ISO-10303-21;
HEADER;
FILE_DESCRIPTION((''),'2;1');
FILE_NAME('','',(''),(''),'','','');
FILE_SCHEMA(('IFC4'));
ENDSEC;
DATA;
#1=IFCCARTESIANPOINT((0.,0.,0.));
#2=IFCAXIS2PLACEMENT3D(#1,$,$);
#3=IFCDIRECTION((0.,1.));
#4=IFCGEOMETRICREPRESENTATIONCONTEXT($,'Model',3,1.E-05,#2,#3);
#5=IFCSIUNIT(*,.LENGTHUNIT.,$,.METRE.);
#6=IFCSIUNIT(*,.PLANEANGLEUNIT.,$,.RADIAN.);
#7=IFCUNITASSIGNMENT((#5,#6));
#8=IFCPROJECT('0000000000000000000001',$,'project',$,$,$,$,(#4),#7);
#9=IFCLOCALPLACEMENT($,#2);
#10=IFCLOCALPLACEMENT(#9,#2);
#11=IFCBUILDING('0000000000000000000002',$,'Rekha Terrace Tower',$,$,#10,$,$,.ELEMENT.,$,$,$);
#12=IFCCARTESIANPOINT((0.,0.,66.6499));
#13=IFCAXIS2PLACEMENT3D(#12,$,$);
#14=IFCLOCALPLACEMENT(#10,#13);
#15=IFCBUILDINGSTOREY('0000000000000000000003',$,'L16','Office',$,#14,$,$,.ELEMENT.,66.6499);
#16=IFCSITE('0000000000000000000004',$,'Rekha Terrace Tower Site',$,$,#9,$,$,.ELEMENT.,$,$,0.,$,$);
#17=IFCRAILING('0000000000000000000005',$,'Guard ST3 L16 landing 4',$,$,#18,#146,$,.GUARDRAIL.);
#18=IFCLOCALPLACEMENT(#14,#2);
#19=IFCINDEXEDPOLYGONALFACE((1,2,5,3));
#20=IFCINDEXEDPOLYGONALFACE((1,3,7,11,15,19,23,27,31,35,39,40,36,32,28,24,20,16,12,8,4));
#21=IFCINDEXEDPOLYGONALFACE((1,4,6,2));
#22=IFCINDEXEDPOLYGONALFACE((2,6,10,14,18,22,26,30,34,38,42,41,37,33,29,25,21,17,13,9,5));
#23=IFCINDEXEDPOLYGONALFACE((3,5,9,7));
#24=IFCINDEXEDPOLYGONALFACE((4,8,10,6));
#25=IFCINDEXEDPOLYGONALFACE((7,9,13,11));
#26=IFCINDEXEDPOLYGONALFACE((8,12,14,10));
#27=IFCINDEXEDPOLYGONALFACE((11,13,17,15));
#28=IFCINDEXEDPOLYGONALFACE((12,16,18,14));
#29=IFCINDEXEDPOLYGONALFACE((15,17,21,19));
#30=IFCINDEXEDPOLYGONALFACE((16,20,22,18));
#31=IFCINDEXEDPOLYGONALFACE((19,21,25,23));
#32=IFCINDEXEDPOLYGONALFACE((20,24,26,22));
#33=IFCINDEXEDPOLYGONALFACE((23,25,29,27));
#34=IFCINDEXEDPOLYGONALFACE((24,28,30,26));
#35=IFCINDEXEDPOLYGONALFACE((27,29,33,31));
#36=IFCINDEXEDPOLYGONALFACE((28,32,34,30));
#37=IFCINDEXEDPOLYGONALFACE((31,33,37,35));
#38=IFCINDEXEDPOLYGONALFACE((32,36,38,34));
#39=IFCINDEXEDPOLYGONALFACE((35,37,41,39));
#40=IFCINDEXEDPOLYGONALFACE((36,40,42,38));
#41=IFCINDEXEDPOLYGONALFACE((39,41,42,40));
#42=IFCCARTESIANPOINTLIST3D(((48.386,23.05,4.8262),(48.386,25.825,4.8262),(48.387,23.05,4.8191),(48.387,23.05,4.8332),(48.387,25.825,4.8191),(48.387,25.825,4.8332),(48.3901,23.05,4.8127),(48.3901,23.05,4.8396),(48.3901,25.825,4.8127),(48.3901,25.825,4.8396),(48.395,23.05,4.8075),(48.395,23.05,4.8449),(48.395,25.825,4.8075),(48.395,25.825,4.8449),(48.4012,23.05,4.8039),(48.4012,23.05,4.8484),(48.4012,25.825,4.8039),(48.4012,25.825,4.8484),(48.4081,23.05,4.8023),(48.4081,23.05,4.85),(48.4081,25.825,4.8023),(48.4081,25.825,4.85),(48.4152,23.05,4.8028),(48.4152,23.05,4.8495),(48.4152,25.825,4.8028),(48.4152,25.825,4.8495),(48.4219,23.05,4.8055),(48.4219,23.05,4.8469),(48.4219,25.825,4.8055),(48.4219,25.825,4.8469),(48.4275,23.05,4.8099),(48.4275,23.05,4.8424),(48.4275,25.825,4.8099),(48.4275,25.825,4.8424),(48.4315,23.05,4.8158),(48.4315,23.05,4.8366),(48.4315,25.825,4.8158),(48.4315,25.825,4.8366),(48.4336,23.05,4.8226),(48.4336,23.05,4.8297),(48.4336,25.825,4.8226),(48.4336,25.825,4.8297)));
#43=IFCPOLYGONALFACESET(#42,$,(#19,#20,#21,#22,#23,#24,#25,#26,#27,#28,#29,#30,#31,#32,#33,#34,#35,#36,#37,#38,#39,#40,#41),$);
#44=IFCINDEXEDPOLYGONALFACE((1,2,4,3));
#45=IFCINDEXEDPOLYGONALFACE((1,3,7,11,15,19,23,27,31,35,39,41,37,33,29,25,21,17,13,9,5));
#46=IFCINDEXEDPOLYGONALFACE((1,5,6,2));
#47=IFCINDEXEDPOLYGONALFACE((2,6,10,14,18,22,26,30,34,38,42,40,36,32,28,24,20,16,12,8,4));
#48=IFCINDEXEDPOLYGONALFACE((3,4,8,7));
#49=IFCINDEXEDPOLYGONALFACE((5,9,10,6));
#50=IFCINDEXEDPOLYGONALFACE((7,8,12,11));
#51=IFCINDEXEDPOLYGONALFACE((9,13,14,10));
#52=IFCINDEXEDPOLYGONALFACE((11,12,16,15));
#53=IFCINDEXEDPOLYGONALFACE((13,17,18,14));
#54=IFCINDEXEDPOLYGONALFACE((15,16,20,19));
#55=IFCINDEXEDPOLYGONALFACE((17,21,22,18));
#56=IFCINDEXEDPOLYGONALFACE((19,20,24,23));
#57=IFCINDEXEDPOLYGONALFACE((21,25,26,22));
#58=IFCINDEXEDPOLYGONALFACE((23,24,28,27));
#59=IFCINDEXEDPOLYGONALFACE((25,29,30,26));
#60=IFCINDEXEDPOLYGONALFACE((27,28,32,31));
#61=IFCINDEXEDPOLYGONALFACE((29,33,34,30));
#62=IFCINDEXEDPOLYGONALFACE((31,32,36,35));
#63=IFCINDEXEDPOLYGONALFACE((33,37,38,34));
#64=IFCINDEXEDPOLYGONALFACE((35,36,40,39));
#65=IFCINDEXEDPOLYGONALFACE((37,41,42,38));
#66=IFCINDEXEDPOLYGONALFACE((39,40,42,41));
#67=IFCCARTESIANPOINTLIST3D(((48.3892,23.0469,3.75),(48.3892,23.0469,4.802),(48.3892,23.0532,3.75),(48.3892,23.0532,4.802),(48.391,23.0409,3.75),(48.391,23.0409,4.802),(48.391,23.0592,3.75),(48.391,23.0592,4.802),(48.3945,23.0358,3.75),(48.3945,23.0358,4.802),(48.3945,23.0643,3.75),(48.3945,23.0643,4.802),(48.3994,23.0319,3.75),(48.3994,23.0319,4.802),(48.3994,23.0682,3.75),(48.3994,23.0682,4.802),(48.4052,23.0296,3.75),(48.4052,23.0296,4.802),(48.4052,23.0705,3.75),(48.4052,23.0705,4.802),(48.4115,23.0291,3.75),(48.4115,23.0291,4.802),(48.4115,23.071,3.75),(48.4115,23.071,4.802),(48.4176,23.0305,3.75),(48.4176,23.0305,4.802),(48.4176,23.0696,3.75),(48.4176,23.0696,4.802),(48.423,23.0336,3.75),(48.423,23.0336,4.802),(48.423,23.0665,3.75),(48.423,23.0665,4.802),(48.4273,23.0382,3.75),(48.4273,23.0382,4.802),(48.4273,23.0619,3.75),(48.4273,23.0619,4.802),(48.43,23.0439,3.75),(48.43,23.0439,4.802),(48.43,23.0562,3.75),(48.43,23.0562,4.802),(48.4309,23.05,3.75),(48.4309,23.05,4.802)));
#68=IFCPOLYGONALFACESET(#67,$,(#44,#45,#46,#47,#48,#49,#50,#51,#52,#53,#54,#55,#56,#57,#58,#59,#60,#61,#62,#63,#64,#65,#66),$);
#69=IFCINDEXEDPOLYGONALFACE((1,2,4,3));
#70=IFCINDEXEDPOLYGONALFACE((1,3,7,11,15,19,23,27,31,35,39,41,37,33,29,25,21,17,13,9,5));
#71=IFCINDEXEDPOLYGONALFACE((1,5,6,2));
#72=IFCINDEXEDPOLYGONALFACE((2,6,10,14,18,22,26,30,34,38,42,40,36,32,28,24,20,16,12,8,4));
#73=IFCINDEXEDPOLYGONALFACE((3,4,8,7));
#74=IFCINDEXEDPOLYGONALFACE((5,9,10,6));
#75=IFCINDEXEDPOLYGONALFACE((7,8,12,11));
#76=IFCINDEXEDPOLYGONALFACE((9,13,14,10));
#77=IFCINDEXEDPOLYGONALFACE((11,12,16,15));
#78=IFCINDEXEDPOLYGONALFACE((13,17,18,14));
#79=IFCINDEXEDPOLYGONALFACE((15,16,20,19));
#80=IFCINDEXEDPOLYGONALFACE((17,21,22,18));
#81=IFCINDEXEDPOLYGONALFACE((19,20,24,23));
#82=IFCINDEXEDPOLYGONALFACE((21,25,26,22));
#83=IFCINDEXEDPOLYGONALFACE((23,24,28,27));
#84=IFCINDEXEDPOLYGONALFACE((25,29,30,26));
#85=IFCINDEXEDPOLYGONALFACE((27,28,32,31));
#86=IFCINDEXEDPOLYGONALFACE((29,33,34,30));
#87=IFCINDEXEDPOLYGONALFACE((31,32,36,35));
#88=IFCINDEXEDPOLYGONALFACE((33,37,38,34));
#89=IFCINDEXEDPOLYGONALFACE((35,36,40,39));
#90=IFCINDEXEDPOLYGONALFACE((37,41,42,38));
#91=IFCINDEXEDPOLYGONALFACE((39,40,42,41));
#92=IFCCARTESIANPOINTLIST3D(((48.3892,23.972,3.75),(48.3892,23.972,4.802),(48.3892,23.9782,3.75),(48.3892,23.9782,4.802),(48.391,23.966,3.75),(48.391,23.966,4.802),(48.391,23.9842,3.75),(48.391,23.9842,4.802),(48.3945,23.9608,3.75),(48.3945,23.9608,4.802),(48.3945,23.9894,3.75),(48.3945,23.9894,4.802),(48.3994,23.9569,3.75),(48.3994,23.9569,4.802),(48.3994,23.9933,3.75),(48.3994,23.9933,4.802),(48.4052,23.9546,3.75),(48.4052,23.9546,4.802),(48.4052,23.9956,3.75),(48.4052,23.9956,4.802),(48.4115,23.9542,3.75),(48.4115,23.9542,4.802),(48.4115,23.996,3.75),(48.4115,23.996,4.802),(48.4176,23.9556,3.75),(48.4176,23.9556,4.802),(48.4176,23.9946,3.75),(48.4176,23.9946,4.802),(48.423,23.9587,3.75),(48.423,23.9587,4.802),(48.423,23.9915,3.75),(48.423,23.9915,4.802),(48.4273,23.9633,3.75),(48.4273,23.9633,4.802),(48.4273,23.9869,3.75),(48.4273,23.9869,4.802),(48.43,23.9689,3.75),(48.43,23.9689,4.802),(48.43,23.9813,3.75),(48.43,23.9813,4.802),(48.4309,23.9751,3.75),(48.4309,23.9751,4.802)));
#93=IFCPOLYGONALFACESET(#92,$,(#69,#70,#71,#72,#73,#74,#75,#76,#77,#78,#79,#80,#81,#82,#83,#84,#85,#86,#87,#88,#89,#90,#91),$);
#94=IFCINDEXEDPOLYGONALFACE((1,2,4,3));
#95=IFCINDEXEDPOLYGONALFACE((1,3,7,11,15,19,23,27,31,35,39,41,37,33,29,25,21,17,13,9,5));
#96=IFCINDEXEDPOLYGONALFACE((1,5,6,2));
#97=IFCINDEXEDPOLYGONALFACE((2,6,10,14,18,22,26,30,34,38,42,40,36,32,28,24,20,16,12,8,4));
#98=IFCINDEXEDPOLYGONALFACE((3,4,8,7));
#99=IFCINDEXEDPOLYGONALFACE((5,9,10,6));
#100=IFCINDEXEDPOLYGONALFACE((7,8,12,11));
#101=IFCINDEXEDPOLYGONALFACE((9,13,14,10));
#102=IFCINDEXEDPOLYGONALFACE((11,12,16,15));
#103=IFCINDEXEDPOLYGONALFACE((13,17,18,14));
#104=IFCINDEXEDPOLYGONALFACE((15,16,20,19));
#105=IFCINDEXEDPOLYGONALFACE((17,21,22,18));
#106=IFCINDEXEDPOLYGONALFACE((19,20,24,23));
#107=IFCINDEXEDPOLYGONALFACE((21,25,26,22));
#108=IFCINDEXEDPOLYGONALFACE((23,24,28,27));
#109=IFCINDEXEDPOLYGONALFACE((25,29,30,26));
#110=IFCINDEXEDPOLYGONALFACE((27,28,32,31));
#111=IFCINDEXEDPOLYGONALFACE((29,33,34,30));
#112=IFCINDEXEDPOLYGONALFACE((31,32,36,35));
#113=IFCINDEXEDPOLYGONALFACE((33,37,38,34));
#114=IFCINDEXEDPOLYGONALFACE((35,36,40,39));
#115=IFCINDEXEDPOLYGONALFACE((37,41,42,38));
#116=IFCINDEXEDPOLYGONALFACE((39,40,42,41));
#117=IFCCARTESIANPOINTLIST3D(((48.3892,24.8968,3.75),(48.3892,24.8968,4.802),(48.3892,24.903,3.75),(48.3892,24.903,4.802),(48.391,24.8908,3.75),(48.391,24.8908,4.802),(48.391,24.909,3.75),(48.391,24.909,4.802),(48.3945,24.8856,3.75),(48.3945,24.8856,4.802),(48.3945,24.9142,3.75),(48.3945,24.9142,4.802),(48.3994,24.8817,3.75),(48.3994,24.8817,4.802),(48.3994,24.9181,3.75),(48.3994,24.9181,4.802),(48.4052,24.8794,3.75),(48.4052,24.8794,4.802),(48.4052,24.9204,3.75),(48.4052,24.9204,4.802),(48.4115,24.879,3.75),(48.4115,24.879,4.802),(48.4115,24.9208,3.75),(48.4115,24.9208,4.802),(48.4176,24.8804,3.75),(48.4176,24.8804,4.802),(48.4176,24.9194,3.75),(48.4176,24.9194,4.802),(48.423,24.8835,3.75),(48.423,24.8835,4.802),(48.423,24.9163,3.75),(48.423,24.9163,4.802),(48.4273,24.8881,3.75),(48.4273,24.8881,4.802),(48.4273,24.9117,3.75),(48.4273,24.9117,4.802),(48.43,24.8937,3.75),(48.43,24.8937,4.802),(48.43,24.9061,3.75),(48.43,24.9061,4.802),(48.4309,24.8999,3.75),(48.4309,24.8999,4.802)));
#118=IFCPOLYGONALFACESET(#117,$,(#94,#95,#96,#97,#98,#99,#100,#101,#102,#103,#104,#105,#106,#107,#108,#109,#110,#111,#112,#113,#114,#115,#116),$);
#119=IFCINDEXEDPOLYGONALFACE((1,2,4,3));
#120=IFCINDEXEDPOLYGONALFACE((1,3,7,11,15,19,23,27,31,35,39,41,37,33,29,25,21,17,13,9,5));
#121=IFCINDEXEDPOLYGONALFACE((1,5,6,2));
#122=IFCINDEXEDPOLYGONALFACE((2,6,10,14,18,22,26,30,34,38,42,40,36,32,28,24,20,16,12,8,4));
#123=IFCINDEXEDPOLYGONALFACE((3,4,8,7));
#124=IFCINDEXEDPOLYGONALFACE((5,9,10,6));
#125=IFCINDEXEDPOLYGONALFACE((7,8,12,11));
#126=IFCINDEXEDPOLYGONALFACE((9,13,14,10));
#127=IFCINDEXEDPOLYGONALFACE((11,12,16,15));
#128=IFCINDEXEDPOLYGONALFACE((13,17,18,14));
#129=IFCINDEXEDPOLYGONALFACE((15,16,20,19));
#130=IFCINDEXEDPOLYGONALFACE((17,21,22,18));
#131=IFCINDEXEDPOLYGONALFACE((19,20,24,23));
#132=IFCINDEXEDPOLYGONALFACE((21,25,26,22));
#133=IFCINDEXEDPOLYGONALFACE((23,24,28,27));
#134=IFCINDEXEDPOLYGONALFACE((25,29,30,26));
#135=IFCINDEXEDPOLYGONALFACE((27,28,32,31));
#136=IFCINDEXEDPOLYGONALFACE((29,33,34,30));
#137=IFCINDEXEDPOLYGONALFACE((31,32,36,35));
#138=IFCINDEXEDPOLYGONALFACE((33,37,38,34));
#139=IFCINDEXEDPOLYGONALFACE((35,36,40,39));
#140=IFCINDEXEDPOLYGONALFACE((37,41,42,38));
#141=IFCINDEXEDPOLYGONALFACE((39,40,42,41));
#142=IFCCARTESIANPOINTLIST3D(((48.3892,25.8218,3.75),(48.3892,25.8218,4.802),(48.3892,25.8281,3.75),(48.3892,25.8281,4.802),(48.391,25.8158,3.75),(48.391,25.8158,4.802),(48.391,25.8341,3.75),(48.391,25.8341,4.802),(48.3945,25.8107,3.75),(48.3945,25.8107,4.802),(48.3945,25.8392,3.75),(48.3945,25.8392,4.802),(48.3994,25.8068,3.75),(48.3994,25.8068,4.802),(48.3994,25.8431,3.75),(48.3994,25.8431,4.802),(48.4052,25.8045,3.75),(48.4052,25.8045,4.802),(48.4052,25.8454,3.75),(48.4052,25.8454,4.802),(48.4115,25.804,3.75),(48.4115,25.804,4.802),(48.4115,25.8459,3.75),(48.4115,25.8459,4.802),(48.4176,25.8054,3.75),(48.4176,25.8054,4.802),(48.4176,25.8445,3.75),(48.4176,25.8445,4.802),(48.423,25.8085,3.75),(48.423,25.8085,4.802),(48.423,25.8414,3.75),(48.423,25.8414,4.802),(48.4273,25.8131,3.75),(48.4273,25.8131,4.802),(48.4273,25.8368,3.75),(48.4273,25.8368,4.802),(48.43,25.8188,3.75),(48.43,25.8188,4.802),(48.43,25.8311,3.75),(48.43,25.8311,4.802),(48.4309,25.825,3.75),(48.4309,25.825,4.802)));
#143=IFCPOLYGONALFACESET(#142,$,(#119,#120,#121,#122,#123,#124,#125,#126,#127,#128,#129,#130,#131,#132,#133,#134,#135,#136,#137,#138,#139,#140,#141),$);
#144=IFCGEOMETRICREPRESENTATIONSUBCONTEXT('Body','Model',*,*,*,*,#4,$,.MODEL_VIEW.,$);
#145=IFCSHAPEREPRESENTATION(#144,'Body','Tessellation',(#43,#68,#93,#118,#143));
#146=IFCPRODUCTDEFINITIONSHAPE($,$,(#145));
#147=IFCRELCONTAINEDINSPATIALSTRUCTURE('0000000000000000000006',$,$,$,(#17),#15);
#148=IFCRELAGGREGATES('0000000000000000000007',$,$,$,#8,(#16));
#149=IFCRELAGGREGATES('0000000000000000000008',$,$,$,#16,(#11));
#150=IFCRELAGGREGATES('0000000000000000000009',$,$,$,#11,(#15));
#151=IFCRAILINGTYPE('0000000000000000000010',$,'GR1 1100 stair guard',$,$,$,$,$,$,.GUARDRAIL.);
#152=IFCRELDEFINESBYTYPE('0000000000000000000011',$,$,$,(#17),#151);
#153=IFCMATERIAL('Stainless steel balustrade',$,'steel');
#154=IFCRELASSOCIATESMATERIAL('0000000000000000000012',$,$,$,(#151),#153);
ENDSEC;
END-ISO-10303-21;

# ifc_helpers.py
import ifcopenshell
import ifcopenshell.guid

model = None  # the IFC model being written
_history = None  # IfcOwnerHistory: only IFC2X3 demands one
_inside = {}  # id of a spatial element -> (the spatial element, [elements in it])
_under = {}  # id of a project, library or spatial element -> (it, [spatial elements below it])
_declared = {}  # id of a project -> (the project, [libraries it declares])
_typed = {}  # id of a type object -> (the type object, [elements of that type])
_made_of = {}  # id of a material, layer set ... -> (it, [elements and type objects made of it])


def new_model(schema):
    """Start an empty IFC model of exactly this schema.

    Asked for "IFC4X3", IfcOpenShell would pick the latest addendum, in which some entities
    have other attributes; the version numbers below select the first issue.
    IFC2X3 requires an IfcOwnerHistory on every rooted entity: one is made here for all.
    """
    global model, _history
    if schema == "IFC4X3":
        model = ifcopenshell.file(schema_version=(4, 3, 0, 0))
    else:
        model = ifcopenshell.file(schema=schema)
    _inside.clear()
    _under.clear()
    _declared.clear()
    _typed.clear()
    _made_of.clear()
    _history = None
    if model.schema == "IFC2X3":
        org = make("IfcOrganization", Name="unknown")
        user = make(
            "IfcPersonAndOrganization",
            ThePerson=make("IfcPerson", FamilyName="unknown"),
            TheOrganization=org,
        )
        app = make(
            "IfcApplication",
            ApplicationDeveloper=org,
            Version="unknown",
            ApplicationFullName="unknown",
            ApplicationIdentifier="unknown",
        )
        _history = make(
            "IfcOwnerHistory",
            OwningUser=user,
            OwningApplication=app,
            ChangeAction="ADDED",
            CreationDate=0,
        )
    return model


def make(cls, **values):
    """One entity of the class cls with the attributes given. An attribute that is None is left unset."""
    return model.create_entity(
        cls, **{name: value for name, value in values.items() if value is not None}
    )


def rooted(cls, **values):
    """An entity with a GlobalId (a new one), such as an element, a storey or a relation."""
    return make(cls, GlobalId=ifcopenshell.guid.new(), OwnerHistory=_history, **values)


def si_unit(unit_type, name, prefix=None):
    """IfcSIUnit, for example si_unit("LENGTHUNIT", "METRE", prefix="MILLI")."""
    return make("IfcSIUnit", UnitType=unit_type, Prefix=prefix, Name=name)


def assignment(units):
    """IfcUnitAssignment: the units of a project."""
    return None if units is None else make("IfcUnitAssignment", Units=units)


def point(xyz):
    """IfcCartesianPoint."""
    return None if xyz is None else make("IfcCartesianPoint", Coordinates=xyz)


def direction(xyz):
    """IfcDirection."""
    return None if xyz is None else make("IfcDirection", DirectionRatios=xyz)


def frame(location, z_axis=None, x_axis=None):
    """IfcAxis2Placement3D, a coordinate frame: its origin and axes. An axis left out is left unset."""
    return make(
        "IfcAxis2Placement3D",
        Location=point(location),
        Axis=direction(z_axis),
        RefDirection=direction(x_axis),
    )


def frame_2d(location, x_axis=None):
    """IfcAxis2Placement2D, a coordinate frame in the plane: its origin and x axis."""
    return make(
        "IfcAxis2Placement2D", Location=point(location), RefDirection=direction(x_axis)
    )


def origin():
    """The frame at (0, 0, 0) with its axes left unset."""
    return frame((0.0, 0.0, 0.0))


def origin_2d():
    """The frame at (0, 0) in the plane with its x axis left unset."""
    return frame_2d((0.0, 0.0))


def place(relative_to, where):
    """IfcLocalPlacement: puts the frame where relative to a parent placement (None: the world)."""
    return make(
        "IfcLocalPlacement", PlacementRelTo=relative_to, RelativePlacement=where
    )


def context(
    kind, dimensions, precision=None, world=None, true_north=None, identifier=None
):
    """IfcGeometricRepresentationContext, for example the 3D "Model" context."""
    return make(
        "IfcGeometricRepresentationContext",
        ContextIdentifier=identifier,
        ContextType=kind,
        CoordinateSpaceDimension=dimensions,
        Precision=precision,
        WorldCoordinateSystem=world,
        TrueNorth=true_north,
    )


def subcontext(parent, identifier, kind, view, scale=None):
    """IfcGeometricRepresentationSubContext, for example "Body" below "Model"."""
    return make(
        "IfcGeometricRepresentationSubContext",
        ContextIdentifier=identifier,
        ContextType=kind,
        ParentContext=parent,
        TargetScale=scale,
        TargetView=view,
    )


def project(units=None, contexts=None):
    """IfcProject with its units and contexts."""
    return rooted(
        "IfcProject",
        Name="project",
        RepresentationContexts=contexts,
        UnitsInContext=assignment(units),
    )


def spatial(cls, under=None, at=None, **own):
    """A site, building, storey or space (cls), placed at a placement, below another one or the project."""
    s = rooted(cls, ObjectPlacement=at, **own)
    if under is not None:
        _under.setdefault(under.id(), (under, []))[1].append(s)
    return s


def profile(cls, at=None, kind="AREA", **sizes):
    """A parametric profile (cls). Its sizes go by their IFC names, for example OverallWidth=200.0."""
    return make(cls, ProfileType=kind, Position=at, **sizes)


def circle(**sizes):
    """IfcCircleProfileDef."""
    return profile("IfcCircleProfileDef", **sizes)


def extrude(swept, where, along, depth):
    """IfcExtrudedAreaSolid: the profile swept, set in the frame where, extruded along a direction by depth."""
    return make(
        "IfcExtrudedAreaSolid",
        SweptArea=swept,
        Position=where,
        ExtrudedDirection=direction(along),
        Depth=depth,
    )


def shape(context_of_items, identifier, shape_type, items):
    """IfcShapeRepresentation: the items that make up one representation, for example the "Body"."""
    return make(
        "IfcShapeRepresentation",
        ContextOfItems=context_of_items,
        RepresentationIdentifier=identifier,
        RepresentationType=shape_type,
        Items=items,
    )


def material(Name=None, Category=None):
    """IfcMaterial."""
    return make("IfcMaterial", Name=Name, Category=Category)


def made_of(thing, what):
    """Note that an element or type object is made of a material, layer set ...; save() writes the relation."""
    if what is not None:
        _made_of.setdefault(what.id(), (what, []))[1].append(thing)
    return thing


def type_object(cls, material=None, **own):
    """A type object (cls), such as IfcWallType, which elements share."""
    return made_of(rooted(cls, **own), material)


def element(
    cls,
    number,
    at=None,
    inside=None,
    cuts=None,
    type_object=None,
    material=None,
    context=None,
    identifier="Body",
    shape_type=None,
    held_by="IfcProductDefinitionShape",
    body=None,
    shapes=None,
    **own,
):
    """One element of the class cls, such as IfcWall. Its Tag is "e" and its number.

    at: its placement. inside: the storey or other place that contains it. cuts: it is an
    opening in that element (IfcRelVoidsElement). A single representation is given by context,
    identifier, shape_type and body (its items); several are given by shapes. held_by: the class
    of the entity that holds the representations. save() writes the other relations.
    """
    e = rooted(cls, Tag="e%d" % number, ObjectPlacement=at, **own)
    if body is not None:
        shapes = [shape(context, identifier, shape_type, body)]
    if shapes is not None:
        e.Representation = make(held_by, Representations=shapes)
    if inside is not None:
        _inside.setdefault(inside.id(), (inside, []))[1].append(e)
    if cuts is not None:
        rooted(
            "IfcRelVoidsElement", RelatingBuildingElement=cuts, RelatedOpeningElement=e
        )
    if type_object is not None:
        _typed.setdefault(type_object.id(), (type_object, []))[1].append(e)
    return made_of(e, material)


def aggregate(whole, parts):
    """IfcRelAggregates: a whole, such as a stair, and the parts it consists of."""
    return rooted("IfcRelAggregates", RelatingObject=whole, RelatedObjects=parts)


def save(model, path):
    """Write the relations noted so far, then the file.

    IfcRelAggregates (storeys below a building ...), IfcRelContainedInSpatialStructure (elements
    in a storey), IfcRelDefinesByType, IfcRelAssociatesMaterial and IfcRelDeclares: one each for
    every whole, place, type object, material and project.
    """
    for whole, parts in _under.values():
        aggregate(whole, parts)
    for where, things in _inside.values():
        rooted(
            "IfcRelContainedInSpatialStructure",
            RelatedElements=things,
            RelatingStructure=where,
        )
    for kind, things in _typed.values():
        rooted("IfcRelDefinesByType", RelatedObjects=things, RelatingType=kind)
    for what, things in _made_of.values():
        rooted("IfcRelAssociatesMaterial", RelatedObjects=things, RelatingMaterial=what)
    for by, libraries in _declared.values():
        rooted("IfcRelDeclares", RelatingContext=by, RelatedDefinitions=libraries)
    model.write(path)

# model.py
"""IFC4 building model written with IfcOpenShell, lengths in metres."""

from ifc_helpers import new_model, si_unit, direction, frame, origin, origin_2d, place, context, subcontext, project, spatial, circle, extrude, material, type_object, element, save


model = new_model("IFC4")

# Units and contexts
model_context = context("Model", 3, precision=1e-05, world=origin(), true_north=direction((0.0, 1.0)))
body_context = subcontext(model_context, "Body", "Model", "MODEL_VIEW")
ifc_project = project(units=[si_unit("LENGTHUNIT", "METRE"), si_unit("PLANEANGLEUNIT", "RADIAN")], contexts=[model_context])

# Site, building, storey
site_placement = place(None, origin())
site = spatial("IfcSite", under=ifc_project, at=site_placement, Name="Rekha Terrace Tower Site", CompositionType="ELEMENT", RefElevation=0.0)
building_placement = place(site_placement, origin())
building = spatial("IfcBuilding", under=site, at=building_placement, Name="Rekha Terrace Tower", CompositionType="ELEMENT")
storey_placement = place(building_placement, frame((0.0, 0.0, 66.6499)))
storey = spatial("IfcBuildingStorey", under=building, at=storey_placement, Name="L16", Description="Office", CompositionType="ELEMENT", Elevation=66.6499)

# Railing
ifc_material_1 = material(Name="Stainless steel balustrade", Category="steel")
railing_type_1 = type_object("IfcRailingType", Name="GR1 1100 stair guard", PredefinedType="GUARDRAIL", material=ifc_material_1)
railing_1_placement = place(storey_placement, frame((48.4099, 23.05, 3.75)))
element("IfcRailing", 1, at=railing_1_placement, inside=storey, type_object=railing_type_1, Name="Guard ST3 L16 landing 4", PredefinedType="GUARDRAIL", context=body_context, shape_type="SweptSolid", body=[
    extrude(circle(Radius=0.0239, at=origin_2d()), frame((0.0, 0.0, 1.0762), z_axis=(0.0, 1.0, 0.0), x_axis=(-1.0, 0.0, 0.0)), (0.0, 0.0, 1.0), 2.7749),
    extrude(circle(Radius=0.021, at=origin_2d()), origin(), (0.0, 0.0, 1.0), 1.052),
    extrude(circle(Radius=0.021, at=origin_2d()), frame((0.0, 0.925, 0.0)), (0.0, 0.0, 1.0), 1.052),
    extrude(circle(Radius=0.021, at=origin_2d()), frame((0.0, 1.8499, 0.0)), (0.0, 0.0, 1.0), 1.052),
    extrude(circle(Radius=0.021, at=origin_2d()), frame((0.0, 2.7749, 0.0)), (0.0, 0.0, 1.0), 1.052),
])

save(model, "model.ifc")
